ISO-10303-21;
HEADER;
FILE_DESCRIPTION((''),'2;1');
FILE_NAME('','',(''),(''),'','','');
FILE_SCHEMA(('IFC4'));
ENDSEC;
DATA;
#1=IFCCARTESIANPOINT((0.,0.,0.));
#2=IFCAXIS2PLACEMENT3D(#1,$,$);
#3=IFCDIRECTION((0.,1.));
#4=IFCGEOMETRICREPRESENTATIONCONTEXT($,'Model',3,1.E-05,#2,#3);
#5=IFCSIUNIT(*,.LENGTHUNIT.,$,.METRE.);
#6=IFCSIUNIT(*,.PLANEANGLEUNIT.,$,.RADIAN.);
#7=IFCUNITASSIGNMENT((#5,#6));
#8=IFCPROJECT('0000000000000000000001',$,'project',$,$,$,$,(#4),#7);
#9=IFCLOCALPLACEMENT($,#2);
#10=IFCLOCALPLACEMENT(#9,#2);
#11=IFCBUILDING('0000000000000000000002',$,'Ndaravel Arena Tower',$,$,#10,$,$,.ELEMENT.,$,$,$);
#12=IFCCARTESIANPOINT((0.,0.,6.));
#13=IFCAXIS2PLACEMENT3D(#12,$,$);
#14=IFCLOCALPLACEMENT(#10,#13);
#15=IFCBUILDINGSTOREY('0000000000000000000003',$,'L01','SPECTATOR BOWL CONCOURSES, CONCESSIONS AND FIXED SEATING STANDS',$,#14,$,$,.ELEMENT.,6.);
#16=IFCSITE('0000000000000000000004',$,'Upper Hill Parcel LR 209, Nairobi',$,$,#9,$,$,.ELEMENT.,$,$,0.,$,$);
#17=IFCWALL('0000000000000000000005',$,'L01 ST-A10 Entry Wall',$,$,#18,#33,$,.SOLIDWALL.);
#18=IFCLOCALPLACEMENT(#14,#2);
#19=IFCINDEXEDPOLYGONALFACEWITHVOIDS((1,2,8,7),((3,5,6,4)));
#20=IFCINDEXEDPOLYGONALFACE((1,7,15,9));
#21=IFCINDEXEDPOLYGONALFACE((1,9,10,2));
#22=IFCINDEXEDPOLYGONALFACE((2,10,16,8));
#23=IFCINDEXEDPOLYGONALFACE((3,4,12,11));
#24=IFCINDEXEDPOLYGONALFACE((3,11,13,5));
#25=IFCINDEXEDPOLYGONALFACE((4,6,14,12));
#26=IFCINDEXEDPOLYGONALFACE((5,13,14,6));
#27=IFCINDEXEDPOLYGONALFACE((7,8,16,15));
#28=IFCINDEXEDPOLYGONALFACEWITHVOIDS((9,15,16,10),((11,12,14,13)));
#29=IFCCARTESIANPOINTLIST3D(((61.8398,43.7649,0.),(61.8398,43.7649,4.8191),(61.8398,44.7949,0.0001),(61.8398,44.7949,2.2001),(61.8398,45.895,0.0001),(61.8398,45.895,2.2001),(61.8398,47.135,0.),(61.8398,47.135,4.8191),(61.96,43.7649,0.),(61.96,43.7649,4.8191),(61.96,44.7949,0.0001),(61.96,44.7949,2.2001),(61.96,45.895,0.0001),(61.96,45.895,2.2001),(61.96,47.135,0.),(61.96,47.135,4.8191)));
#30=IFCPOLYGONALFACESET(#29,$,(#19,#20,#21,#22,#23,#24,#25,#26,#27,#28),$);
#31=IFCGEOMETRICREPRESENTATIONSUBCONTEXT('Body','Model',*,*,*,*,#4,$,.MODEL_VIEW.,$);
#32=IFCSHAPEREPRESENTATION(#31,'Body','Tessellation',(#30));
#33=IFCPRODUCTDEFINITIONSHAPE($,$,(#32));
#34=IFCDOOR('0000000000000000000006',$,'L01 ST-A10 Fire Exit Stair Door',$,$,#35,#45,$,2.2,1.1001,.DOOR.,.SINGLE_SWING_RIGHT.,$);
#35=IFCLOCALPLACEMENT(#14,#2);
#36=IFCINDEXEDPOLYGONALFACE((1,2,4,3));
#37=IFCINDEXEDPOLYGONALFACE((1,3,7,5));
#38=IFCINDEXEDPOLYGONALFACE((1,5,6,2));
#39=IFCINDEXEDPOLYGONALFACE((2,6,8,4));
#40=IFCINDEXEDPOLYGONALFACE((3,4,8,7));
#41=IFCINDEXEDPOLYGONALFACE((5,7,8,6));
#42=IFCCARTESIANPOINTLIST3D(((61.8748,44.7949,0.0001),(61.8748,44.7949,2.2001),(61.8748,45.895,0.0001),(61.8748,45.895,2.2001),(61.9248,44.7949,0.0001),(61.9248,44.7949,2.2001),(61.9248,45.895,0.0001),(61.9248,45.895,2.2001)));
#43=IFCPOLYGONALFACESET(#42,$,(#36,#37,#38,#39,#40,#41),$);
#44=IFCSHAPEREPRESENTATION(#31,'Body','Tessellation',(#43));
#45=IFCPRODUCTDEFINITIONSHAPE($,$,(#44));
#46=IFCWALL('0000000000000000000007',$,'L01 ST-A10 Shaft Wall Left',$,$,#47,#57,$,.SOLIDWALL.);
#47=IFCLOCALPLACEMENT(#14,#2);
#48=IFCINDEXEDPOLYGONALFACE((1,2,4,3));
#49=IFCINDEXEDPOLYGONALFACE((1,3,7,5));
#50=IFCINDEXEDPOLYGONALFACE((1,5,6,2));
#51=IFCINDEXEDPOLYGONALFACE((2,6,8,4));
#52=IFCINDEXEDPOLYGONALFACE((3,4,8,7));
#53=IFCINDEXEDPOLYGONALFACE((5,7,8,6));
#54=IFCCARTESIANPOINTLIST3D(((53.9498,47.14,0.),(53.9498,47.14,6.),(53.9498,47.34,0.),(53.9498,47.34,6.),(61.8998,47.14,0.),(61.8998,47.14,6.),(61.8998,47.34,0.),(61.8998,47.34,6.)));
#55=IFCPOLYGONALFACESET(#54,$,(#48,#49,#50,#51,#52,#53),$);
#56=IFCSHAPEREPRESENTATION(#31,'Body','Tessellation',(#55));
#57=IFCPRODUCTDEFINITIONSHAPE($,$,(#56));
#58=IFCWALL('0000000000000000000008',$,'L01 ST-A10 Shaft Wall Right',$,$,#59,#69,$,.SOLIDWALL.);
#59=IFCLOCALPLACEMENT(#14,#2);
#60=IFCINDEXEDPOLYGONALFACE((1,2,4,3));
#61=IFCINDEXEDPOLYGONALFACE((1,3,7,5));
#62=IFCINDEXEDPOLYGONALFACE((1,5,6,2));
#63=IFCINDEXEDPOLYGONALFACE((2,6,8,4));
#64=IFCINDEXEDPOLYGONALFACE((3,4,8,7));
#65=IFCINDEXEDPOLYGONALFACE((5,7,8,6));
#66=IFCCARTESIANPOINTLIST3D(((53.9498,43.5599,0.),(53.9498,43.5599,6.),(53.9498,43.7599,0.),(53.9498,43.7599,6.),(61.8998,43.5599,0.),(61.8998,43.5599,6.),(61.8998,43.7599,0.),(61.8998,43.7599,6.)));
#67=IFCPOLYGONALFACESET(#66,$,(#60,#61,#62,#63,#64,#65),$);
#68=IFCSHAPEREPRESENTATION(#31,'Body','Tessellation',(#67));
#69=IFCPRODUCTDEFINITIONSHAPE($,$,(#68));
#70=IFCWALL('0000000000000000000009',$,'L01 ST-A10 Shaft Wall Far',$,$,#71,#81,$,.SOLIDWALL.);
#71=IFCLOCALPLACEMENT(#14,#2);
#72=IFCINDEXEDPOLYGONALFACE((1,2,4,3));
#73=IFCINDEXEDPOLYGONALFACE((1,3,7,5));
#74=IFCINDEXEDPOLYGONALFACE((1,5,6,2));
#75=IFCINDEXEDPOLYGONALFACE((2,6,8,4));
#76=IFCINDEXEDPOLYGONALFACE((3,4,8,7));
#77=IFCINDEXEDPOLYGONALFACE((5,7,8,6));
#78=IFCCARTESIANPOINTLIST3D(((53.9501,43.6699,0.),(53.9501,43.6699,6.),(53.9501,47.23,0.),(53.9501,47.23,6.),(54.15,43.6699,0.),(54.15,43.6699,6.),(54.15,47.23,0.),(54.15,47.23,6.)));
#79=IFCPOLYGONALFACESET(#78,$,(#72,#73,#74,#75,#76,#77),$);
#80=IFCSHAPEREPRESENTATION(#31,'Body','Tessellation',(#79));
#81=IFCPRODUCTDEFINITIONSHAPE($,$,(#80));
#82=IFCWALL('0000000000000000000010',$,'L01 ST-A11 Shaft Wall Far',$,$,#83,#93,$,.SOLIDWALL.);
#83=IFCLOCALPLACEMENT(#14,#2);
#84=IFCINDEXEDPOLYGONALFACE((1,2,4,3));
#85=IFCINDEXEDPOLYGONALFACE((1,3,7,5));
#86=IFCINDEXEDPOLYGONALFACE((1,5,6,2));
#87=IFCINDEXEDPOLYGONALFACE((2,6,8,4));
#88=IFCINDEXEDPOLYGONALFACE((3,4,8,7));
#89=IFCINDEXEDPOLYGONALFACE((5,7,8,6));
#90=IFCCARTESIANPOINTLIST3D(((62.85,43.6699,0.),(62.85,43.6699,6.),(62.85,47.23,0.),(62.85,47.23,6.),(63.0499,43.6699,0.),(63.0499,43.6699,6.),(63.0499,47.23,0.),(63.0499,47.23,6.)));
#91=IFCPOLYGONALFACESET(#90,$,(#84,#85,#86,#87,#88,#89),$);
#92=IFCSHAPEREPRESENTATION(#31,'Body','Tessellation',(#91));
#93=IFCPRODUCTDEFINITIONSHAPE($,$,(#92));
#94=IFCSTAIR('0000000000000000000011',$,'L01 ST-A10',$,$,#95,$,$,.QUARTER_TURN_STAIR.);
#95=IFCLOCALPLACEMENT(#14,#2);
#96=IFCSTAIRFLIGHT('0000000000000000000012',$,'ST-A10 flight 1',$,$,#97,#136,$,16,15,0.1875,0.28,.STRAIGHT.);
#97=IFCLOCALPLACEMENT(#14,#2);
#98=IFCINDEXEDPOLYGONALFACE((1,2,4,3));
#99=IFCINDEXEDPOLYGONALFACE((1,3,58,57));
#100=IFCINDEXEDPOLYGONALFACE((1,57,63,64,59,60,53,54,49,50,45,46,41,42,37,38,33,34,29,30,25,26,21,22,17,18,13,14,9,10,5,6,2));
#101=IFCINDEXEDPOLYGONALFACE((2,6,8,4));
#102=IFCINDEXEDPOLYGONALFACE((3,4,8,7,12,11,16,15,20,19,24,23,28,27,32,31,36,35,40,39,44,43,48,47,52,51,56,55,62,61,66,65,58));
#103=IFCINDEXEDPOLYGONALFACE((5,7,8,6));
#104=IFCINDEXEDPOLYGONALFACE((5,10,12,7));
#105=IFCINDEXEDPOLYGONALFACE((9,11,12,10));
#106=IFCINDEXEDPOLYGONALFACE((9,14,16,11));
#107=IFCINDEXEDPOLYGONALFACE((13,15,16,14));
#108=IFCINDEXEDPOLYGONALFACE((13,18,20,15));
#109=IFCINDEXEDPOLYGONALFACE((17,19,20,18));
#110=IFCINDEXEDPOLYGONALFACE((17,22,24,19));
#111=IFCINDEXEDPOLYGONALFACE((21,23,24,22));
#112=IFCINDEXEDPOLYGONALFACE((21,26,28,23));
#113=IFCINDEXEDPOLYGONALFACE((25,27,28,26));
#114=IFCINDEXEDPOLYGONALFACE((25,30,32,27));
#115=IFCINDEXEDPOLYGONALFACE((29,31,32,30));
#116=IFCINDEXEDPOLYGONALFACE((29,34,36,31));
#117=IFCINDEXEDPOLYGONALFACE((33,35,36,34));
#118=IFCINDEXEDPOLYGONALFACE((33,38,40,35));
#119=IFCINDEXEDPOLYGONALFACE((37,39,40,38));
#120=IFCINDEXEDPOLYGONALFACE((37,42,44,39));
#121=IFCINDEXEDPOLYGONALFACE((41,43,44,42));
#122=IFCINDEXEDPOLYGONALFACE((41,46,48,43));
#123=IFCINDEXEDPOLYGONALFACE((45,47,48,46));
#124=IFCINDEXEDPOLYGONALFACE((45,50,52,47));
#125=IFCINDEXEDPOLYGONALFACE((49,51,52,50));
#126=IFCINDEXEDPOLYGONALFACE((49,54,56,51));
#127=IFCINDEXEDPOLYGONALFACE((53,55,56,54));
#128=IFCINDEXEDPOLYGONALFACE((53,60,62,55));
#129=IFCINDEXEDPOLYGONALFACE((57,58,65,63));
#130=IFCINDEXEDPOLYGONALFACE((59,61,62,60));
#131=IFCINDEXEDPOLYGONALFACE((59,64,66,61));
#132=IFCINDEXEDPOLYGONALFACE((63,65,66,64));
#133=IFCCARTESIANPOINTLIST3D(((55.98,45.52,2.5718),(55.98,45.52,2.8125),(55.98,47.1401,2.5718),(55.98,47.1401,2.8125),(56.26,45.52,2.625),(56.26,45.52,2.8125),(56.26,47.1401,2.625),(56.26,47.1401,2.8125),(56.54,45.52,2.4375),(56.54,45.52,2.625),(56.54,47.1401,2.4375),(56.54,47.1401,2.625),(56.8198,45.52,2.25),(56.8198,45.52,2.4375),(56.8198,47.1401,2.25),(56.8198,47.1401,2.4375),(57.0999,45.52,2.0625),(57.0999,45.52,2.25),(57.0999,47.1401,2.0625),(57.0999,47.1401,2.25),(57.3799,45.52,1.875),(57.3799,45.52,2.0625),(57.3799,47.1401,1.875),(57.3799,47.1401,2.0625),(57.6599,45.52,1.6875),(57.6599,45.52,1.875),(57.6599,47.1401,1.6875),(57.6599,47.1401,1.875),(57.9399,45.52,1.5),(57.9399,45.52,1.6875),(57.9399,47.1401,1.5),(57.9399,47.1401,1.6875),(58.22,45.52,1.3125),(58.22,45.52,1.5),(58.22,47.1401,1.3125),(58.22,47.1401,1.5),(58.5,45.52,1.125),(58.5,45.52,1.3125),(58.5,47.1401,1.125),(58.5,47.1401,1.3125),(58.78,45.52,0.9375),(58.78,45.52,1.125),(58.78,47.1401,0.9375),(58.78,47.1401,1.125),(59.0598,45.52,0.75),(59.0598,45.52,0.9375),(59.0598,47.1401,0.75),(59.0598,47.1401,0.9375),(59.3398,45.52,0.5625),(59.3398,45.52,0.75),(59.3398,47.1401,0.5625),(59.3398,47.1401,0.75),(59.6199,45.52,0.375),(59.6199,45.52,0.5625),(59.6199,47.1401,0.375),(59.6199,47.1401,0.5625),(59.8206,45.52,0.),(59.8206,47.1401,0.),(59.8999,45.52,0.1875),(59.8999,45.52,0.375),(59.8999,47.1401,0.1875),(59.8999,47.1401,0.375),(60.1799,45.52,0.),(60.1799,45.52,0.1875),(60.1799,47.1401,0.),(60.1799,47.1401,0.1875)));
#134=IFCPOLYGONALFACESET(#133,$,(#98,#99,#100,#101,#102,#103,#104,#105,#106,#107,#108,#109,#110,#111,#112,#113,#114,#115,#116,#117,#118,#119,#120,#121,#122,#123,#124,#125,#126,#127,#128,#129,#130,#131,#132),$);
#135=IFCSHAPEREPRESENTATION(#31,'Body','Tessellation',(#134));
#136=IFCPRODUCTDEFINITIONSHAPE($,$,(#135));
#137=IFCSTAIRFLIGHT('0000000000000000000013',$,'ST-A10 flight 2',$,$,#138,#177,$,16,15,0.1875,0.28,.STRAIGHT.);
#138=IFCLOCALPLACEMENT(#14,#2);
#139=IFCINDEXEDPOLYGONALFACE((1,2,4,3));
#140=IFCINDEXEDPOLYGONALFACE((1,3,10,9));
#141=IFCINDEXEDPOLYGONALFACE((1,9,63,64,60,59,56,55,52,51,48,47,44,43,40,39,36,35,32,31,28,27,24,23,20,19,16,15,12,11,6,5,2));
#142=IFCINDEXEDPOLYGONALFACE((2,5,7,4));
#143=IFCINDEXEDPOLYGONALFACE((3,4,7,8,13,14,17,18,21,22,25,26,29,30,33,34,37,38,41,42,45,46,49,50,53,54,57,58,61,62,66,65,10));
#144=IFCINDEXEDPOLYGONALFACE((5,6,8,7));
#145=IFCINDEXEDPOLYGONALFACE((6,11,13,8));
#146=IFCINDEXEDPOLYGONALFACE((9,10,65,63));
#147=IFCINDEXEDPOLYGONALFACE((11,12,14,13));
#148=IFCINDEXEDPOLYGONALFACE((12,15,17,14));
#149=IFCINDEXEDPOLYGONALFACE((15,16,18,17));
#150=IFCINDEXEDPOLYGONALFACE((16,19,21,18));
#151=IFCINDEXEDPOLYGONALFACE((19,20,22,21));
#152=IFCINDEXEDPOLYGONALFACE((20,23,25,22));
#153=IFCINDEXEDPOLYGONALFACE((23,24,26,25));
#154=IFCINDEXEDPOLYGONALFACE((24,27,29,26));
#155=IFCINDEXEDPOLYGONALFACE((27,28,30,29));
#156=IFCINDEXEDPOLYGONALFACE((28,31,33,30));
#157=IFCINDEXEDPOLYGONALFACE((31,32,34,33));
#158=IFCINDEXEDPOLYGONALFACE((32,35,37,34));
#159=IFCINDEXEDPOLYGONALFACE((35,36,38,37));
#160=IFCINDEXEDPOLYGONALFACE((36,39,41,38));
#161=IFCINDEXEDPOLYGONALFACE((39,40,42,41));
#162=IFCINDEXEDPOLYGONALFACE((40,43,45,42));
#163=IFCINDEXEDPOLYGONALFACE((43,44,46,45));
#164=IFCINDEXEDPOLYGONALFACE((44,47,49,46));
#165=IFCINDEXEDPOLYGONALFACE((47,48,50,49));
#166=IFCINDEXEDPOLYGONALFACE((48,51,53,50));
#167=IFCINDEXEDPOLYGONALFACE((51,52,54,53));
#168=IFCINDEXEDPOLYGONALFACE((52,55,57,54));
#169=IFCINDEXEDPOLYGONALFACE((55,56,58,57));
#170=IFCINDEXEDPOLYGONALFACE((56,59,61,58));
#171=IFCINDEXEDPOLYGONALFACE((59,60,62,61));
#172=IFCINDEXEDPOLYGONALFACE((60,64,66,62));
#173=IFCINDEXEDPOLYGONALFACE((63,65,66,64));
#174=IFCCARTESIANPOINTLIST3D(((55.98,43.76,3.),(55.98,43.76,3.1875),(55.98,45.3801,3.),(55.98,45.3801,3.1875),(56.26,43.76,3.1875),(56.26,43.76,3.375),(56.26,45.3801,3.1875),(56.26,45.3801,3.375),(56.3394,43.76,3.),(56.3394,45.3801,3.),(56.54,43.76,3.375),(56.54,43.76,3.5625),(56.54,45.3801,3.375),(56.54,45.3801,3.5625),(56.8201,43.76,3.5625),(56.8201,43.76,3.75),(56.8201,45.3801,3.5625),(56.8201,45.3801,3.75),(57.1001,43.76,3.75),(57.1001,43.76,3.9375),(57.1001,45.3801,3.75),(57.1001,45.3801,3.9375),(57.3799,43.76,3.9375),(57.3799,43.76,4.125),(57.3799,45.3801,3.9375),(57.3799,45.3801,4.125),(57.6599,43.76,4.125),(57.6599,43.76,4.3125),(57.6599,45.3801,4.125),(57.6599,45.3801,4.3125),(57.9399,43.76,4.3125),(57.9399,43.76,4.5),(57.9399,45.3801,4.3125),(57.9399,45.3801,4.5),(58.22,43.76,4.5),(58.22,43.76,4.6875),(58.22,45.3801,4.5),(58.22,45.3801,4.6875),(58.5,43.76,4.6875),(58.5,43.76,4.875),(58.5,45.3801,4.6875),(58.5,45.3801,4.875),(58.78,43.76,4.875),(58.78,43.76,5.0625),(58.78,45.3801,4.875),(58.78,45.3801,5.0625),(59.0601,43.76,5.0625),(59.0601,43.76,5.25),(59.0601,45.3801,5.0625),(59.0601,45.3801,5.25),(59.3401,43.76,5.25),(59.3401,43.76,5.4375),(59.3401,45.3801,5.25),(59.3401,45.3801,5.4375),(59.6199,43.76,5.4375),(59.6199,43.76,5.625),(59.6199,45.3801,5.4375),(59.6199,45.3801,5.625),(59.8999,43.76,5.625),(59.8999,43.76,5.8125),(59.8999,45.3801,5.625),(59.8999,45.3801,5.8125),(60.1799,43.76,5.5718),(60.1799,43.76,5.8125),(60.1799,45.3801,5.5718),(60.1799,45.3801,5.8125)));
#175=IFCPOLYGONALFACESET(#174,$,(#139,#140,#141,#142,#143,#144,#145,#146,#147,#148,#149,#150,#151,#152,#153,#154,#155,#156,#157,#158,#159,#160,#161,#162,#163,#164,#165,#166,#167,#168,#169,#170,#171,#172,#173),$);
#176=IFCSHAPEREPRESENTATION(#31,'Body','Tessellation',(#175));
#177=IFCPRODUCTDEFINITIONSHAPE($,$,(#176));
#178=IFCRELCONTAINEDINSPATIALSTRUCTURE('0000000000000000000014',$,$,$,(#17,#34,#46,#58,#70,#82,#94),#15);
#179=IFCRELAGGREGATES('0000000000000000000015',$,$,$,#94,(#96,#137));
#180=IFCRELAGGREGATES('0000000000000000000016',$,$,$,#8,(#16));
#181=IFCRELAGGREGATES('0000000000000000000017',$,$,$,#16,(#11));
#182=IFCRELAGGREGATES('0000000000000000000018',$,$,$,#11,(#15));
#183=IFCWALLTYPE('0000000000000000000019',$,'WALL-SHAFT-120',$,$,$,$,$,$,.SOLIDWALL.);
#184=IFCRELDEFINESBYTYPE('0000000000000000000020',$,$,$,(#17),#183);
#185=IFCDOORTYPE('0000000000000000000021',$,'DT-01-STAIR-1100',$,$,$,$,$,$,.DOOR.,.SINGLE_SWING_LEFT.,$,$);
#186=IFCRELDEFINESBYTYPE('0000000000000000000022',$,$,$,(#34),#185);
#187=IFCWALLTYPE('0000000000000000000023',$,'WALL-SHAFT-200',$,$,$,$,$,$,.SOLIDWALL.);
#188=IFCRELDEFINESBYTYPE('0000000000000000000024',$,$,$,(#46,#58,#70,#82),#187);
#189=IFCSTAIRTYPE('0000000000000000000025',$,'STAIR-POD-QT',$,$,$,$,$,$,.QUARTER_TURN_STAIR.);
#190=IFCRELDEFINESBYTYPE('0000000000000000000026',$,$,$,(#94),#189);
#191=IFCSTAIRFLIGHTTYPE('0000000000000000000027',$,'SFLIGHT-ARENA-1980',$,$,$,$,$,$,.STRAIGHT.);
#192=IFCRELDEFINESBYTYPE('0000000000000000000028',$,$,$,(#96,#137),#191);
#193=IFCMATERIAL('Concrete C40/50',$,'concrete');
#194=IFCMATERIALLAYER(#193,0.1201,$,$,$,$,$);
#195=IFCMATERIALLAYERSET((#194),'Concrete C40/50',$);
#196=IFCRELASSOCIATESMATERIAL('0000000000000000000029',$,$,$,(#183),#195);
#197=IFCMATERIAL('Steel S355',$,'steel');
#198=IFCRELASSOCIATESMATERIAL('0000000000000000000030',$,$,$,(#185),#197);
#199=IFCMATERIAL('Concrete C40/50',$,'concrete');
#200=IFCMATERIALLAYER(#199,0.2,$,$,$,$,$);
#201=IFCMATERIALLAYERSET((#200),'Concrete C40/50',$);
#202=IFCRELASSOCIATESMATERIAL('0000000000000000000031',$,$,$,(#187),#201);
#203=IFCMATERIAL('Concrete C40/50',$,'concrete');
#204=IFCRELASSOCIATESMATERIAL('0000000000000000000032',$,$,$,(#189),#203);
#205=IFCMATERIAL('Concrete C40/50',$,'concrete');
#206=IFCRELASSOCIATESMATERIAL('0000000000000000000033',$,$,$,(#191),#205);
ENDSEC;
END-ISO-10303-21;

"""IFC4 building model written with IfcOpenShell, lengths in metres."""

from ifc_helpers import new_model, si_unit, direction, frame, frame_2d, origin, place, context, subcontext, project, spatial, polyline, rectangle, outline, extrude, material, layer, layer_set, type_object, element, fill, aggregate, save


model = new_model("IFC4")

# Units and contexts
model_context = context("Model", 3, precision=1e-05, world=origin(), true_north=direction((0.0, 1.0)))
body_context = subcontext(model_context, "Body", "Model", "MODEL_VIEW")
ifc_project = project(units=[si_unit("LENGTHUNIT", "METRE"), si_unit("PLANEANGLEUNIT", "RADIAN")], contexts=[model_context])

# Site, building, storey
site_placement = place(None, origin())
site = spatial("IfcSite", under=ifc_project, at=site_placement, Name="Upper Hill Parcel LR 209, Nairobi", CompositionType="ELEMENT", RefElevation=0.0)
building_placement = place(site_placement, origin())
building = spatial("IfcBuilding", under=site, at=building_placement, Name="Ndaravel Arena Tower", CompositionType="ELEMENT")
storey_placement = place(building_placement, frame((0.0, 0.0, 6.0)))
storey = spatial("IfcBuildingStorey", under=building, at=storey_placement, Name="L01", Description="SPECTATOR BOWL CONCOURSES, CONCESSIONS AND FIXED SEATING STANDS", CompositionType="ELEMENT", Elevation=6.0)

# Wall, opening, door
ifc_material_1 = material(Name="Concrete C40/50", Category="concrete")
ifc_layer_1 = layer(ifc_material_1, 0.1201)
ifc_layer_set_1 = layer_set([ifc_layer_1], Name="Concrete C40/50")
wall_type_1 = type_object("IfcWallType", Name="WALL-SHAFT-120", PredefinedType="SOLIDWALL", material=ifc_layer_set_1)
wall_1_placement = place(storey_placement, frame((61.8999, 47.135, 0.0), z_axis=(0.0, 0.0, 1.0), x_axis=(0.0, -1.0, 0.0)))
wall_1 = element("IfcWall", 1, at=wall_1_placement, inside=storey, type_object=wall_type_1, Name="L01 ST-A10 Entry Wall", PredefinedType="SOLIDWALL", context=body_context, shape_type="SweptSolid", body=[
    extrude(rectangle(XDim=3.3701, YDim=0.1201, at=frame_2d((1.6851, 0.0))), origin(), (0.0, 0.0, 1.0), 4.8191),
])
opening_placement = place(wall_1_placement, frame((1.24, 0.0, 0.0)))
opening = element("IfcOpeningElement", 2, at=opening_placement, cuts=wall_1, PredefinedType="OPENING", context=body_context, shape_type="SweptSolid", body=[
    extrude(rectangle(XDim=1.1001, YDim=2.2, at=frame_2d((0.55, 1.1001))), frame((0.0, 0.0601, 0.0), z_axis=(0.0, -1.0, 0.0), x_axis=(1.0, 0.0, 0.0)), (0.0, 0.0, 1.0), 0.1201),
])
ifc_material_2 = material(Name="Steel S355", Category="steel")
door_type = type_object("IfcDoorType", Name="DT-01-STAIR-1100", OperationType="SINGLE_SWING_LEFT", PredefinedType="DOOR", material=ifc_material_2)
door_placement = place(opening_placement, origin())
door = element("IfcDoor", 3, at=door_placement, inside=storey, type_object=door_type, Name="L01 ST-A10 Fire Exit Stair Door", OperationType="SINGLE_SWING_RIGHT", OverallHeight=2.2, OverallWidth=1.1001, PredefinedType="DOOR", context=body_context, shape_type="SweptSolid", body=[
    extrude(rectangle(XDim=1.1001, YDim=2.2, at=frame_2d((0.55, 1.1001))), frame((0.0, 0.0249, 0.0), z_axis=(0.0, -1.0, 0.0), x_axis=(1.0, 0.0, 0.0)), (0.0, 0.0, 1.0), 0.05),
])
fill(opening, door)

# Walls
ifc_material_3 = material(Name="Concrete C40/50", Category="concrete")
ifc_layer_2 = layer(ifc_material_3, 0.2)
ifc_layer_set_2 = layer_set([ifc_layer_2], Name="Concrete C40/50")
wall_type_2 = type_object("IfcWallType", Name="WALL-SHAFT-200", PredefinedType="SOLIDWALL", material=ifc_layer_set_2)
for number, where, z_axis, x_axis, name in (
    (4, (61.8999, 47.24, 0.0), (0.0, 0.0, 1.0), (-1.0, 0.0, 0.0), "L01 ST-A10 Shaft Wall Left"),
    (5, (61.8999, 43.6599, 0.0), (0.0, 0.0, 1.0), (-1.0, 0.0, 0.0), "L01 ST-A10 Shaft Wall Right"),
):
    element("IfcWall", number, at=place(storey_placement, frame(where, z_axis=z_axis, x_axis=x_axis)), inside=storey, type_object=wall_type_2, Name=name, PredefinedType="SOLIDWALL", context=body_context, shape_type="SweptSolid", body=[
        extrude(rectangle(XDim=7.95, YDim=0.2, at=frame_2d((3.9751, 0.0))), origin(), (0.0, 0.0, 1.0), 6.0),
    ])
for number, where, z_axis, x_axis, name in (
    (6, (54.05, 47.23, 0.0), (0.0, 0.0, 1.0), (0.0, -1.0, 0.0), "L01 ST-A10 Shaft Wall Far"),
    (7, (62.95, 47.23, 0.0), (0.0, 0.0, 1.0), (0.0, -1.0, 0.0), "L01 ST-A11 Shaft Wall Far"),
):
    element("IfcWall", number, at=place(storey_placement, frame(where, z_axis=z_axis, x_axis=x_axis)), inside=storey, type_object=wall_type_2, Name=name, PredefinedType="SOLIDWALL", context=body_context, shape_type="SweptSolid", body=[
        extrude(rectangle(XDim=3.5601, YDim=0.2, at=frame_2d((1.78, 0.0))), origin(), (0.0, 0.0, 1.0), 6.0),
    ])

# Stair, stair flights
ifc_material_4 = material(Name="Concrete C40/50", Category="concrete")
stair_type = type_object("IfcStairType", Name="STAIR-POD-QT", PredefinedType="QUARTER_TURN_STAIR", material=ifc_material_4)
stair_1_placement = place(storey_placement, origin())
stair_1 = element("IfcStair", 8, at=stair_1_placement, inside=storey, type_object=stair_type, Name="L01 ST-A10", PredefinedType="QUARTER_TURN_STAIR")
ifc_material_5 = material(Name="Concrete C40/50", Category="concrete")
stair_flight_type = type_object("IfcStairFlightType", Name="SFLIGHT-ARENA-1980", PredefinedType="STRAIGHT", material=ifc_material_5)
stair_flight_1_placement = place(storey_placement, frame((60.1799, 46.3301, 0.0), z_axis=(0.0, 0.0, 1.0), x_axis=(-1.0, 0.0, 0.0)))
stair_flight_1 = element("IfcStairFlight", 9, at=stair_flight_1_placement, type_object=stair_flight_type, Name="ST-A10 flight 1", NumberOfRisers=16, NumberOfTreads=15, PredefinedType="STRAIGHT", RiserHeight=0.1875, TreadLength=0.28, context=body_context, shape_type="SweptSolid", body=[
    extrude(outline(polyline([(0.0, 0.0), (0.0, 0.1875), (0.28, 0.1875), (0.28, 0.375), (0.5601, 0.375), (0.5601, 0.5625), (0.8401, 0.5625), (0.8401, 0.75), (1.1201, 0.75), (1.1201, 0.9375), (1.3999, 0.9375), (1.3999, 1.125), (1.6799, 1.125), (1.6799, 1.3125), (1.96, 1.3125), (1.96, 1.5), (2.24, 1.5), (2.24, 1.6875), (2.52, 1.6875), (2.52, 1.875), (2.8, 1.875), (2.8, 2.0625), (3.0801, 2.0625), (3.0801, 2.25), (3.3601, 2.25), (3.3601, 2.4375), (3.6399, 2.4375), (3.6399, 2.625), (3.9199, 2.625), (3.9199, 2.8125), (4.2, 2.8125), (4.2, 3.0), (4.2, 2.5718), (0.3594, 0.0), (0.0, 0.0)])), frame((0.0, 0.8101, 0.0), z_axis=(0.0, -1.0, 0.0), x_axis=(1.0, 0.0, 0.0)), (0.0, 0.0, 1.0), 1.6201),
])
stair_flight_2_placement = place(storey_placement, frame((55.98, 44.5701, 3.0), z_axis=(0.0, 0.0, 1.0), x_axis=(1.0, 0.0, 0.0)))
stair_flight_2 = element("IfcStairFlight", 10, at=stair_flight_2_placement, type_object=stair_flight_type, Name="ST-A10 flight 2", NumberOfRisers=16, NumberOfTreads=15, PredefinedType="STRAIGHT", RiserHeight=0.1875, TreadLength=0.28, context=body_context, shape_type="SweptSolid", body=[
    extrude(outline(polyline([(0.0, 0.0), (0.0, 0.1875), (0.28, 0.1875), (0.28, 0.375), (0.5601, 0.375), (0.5601, 0.5625), (0.8401, 0.5625), (0.8401, 0.75), (1.1201, 0.75), (1.1201, 0.9375), (1.3999, 0.9375), (1.3999, 1.125), (1.6799, 1.125), (1.6799, 1.3125), (1.96, 1.3125), (1.96, 1.5), (2.24, 1.5), (2.24, 1.6875), (2.52, 1.6875), (2.52, 1.875), (2.8, 1.875), (2.8, 2.0625), (3.0801, 2.0625), (3.0801, 2.25), (3.3601, 2.25), (3.3601, 2.4375), (3.6399, 2.4375), (3.6399, 2.625), (3.9199, 2.625), (3.9199, 2.8125), (4.2, 2.8125), (4.2, 3.0), (4.2, 2.5718), (0.3594, 0.0), (0.0, 0.0)])), frame((0.0, 0.8101, 0.0), z_axis=(0.0, -1.0, 0.0), x_axis=(1.0, 0.0, 0.0)), (0.0, 0.0, 1.0), 1.6201),
])
aggregate(stair_1, [stair_flight_1, stair_flight_2])

save(model, "model.ifc")
